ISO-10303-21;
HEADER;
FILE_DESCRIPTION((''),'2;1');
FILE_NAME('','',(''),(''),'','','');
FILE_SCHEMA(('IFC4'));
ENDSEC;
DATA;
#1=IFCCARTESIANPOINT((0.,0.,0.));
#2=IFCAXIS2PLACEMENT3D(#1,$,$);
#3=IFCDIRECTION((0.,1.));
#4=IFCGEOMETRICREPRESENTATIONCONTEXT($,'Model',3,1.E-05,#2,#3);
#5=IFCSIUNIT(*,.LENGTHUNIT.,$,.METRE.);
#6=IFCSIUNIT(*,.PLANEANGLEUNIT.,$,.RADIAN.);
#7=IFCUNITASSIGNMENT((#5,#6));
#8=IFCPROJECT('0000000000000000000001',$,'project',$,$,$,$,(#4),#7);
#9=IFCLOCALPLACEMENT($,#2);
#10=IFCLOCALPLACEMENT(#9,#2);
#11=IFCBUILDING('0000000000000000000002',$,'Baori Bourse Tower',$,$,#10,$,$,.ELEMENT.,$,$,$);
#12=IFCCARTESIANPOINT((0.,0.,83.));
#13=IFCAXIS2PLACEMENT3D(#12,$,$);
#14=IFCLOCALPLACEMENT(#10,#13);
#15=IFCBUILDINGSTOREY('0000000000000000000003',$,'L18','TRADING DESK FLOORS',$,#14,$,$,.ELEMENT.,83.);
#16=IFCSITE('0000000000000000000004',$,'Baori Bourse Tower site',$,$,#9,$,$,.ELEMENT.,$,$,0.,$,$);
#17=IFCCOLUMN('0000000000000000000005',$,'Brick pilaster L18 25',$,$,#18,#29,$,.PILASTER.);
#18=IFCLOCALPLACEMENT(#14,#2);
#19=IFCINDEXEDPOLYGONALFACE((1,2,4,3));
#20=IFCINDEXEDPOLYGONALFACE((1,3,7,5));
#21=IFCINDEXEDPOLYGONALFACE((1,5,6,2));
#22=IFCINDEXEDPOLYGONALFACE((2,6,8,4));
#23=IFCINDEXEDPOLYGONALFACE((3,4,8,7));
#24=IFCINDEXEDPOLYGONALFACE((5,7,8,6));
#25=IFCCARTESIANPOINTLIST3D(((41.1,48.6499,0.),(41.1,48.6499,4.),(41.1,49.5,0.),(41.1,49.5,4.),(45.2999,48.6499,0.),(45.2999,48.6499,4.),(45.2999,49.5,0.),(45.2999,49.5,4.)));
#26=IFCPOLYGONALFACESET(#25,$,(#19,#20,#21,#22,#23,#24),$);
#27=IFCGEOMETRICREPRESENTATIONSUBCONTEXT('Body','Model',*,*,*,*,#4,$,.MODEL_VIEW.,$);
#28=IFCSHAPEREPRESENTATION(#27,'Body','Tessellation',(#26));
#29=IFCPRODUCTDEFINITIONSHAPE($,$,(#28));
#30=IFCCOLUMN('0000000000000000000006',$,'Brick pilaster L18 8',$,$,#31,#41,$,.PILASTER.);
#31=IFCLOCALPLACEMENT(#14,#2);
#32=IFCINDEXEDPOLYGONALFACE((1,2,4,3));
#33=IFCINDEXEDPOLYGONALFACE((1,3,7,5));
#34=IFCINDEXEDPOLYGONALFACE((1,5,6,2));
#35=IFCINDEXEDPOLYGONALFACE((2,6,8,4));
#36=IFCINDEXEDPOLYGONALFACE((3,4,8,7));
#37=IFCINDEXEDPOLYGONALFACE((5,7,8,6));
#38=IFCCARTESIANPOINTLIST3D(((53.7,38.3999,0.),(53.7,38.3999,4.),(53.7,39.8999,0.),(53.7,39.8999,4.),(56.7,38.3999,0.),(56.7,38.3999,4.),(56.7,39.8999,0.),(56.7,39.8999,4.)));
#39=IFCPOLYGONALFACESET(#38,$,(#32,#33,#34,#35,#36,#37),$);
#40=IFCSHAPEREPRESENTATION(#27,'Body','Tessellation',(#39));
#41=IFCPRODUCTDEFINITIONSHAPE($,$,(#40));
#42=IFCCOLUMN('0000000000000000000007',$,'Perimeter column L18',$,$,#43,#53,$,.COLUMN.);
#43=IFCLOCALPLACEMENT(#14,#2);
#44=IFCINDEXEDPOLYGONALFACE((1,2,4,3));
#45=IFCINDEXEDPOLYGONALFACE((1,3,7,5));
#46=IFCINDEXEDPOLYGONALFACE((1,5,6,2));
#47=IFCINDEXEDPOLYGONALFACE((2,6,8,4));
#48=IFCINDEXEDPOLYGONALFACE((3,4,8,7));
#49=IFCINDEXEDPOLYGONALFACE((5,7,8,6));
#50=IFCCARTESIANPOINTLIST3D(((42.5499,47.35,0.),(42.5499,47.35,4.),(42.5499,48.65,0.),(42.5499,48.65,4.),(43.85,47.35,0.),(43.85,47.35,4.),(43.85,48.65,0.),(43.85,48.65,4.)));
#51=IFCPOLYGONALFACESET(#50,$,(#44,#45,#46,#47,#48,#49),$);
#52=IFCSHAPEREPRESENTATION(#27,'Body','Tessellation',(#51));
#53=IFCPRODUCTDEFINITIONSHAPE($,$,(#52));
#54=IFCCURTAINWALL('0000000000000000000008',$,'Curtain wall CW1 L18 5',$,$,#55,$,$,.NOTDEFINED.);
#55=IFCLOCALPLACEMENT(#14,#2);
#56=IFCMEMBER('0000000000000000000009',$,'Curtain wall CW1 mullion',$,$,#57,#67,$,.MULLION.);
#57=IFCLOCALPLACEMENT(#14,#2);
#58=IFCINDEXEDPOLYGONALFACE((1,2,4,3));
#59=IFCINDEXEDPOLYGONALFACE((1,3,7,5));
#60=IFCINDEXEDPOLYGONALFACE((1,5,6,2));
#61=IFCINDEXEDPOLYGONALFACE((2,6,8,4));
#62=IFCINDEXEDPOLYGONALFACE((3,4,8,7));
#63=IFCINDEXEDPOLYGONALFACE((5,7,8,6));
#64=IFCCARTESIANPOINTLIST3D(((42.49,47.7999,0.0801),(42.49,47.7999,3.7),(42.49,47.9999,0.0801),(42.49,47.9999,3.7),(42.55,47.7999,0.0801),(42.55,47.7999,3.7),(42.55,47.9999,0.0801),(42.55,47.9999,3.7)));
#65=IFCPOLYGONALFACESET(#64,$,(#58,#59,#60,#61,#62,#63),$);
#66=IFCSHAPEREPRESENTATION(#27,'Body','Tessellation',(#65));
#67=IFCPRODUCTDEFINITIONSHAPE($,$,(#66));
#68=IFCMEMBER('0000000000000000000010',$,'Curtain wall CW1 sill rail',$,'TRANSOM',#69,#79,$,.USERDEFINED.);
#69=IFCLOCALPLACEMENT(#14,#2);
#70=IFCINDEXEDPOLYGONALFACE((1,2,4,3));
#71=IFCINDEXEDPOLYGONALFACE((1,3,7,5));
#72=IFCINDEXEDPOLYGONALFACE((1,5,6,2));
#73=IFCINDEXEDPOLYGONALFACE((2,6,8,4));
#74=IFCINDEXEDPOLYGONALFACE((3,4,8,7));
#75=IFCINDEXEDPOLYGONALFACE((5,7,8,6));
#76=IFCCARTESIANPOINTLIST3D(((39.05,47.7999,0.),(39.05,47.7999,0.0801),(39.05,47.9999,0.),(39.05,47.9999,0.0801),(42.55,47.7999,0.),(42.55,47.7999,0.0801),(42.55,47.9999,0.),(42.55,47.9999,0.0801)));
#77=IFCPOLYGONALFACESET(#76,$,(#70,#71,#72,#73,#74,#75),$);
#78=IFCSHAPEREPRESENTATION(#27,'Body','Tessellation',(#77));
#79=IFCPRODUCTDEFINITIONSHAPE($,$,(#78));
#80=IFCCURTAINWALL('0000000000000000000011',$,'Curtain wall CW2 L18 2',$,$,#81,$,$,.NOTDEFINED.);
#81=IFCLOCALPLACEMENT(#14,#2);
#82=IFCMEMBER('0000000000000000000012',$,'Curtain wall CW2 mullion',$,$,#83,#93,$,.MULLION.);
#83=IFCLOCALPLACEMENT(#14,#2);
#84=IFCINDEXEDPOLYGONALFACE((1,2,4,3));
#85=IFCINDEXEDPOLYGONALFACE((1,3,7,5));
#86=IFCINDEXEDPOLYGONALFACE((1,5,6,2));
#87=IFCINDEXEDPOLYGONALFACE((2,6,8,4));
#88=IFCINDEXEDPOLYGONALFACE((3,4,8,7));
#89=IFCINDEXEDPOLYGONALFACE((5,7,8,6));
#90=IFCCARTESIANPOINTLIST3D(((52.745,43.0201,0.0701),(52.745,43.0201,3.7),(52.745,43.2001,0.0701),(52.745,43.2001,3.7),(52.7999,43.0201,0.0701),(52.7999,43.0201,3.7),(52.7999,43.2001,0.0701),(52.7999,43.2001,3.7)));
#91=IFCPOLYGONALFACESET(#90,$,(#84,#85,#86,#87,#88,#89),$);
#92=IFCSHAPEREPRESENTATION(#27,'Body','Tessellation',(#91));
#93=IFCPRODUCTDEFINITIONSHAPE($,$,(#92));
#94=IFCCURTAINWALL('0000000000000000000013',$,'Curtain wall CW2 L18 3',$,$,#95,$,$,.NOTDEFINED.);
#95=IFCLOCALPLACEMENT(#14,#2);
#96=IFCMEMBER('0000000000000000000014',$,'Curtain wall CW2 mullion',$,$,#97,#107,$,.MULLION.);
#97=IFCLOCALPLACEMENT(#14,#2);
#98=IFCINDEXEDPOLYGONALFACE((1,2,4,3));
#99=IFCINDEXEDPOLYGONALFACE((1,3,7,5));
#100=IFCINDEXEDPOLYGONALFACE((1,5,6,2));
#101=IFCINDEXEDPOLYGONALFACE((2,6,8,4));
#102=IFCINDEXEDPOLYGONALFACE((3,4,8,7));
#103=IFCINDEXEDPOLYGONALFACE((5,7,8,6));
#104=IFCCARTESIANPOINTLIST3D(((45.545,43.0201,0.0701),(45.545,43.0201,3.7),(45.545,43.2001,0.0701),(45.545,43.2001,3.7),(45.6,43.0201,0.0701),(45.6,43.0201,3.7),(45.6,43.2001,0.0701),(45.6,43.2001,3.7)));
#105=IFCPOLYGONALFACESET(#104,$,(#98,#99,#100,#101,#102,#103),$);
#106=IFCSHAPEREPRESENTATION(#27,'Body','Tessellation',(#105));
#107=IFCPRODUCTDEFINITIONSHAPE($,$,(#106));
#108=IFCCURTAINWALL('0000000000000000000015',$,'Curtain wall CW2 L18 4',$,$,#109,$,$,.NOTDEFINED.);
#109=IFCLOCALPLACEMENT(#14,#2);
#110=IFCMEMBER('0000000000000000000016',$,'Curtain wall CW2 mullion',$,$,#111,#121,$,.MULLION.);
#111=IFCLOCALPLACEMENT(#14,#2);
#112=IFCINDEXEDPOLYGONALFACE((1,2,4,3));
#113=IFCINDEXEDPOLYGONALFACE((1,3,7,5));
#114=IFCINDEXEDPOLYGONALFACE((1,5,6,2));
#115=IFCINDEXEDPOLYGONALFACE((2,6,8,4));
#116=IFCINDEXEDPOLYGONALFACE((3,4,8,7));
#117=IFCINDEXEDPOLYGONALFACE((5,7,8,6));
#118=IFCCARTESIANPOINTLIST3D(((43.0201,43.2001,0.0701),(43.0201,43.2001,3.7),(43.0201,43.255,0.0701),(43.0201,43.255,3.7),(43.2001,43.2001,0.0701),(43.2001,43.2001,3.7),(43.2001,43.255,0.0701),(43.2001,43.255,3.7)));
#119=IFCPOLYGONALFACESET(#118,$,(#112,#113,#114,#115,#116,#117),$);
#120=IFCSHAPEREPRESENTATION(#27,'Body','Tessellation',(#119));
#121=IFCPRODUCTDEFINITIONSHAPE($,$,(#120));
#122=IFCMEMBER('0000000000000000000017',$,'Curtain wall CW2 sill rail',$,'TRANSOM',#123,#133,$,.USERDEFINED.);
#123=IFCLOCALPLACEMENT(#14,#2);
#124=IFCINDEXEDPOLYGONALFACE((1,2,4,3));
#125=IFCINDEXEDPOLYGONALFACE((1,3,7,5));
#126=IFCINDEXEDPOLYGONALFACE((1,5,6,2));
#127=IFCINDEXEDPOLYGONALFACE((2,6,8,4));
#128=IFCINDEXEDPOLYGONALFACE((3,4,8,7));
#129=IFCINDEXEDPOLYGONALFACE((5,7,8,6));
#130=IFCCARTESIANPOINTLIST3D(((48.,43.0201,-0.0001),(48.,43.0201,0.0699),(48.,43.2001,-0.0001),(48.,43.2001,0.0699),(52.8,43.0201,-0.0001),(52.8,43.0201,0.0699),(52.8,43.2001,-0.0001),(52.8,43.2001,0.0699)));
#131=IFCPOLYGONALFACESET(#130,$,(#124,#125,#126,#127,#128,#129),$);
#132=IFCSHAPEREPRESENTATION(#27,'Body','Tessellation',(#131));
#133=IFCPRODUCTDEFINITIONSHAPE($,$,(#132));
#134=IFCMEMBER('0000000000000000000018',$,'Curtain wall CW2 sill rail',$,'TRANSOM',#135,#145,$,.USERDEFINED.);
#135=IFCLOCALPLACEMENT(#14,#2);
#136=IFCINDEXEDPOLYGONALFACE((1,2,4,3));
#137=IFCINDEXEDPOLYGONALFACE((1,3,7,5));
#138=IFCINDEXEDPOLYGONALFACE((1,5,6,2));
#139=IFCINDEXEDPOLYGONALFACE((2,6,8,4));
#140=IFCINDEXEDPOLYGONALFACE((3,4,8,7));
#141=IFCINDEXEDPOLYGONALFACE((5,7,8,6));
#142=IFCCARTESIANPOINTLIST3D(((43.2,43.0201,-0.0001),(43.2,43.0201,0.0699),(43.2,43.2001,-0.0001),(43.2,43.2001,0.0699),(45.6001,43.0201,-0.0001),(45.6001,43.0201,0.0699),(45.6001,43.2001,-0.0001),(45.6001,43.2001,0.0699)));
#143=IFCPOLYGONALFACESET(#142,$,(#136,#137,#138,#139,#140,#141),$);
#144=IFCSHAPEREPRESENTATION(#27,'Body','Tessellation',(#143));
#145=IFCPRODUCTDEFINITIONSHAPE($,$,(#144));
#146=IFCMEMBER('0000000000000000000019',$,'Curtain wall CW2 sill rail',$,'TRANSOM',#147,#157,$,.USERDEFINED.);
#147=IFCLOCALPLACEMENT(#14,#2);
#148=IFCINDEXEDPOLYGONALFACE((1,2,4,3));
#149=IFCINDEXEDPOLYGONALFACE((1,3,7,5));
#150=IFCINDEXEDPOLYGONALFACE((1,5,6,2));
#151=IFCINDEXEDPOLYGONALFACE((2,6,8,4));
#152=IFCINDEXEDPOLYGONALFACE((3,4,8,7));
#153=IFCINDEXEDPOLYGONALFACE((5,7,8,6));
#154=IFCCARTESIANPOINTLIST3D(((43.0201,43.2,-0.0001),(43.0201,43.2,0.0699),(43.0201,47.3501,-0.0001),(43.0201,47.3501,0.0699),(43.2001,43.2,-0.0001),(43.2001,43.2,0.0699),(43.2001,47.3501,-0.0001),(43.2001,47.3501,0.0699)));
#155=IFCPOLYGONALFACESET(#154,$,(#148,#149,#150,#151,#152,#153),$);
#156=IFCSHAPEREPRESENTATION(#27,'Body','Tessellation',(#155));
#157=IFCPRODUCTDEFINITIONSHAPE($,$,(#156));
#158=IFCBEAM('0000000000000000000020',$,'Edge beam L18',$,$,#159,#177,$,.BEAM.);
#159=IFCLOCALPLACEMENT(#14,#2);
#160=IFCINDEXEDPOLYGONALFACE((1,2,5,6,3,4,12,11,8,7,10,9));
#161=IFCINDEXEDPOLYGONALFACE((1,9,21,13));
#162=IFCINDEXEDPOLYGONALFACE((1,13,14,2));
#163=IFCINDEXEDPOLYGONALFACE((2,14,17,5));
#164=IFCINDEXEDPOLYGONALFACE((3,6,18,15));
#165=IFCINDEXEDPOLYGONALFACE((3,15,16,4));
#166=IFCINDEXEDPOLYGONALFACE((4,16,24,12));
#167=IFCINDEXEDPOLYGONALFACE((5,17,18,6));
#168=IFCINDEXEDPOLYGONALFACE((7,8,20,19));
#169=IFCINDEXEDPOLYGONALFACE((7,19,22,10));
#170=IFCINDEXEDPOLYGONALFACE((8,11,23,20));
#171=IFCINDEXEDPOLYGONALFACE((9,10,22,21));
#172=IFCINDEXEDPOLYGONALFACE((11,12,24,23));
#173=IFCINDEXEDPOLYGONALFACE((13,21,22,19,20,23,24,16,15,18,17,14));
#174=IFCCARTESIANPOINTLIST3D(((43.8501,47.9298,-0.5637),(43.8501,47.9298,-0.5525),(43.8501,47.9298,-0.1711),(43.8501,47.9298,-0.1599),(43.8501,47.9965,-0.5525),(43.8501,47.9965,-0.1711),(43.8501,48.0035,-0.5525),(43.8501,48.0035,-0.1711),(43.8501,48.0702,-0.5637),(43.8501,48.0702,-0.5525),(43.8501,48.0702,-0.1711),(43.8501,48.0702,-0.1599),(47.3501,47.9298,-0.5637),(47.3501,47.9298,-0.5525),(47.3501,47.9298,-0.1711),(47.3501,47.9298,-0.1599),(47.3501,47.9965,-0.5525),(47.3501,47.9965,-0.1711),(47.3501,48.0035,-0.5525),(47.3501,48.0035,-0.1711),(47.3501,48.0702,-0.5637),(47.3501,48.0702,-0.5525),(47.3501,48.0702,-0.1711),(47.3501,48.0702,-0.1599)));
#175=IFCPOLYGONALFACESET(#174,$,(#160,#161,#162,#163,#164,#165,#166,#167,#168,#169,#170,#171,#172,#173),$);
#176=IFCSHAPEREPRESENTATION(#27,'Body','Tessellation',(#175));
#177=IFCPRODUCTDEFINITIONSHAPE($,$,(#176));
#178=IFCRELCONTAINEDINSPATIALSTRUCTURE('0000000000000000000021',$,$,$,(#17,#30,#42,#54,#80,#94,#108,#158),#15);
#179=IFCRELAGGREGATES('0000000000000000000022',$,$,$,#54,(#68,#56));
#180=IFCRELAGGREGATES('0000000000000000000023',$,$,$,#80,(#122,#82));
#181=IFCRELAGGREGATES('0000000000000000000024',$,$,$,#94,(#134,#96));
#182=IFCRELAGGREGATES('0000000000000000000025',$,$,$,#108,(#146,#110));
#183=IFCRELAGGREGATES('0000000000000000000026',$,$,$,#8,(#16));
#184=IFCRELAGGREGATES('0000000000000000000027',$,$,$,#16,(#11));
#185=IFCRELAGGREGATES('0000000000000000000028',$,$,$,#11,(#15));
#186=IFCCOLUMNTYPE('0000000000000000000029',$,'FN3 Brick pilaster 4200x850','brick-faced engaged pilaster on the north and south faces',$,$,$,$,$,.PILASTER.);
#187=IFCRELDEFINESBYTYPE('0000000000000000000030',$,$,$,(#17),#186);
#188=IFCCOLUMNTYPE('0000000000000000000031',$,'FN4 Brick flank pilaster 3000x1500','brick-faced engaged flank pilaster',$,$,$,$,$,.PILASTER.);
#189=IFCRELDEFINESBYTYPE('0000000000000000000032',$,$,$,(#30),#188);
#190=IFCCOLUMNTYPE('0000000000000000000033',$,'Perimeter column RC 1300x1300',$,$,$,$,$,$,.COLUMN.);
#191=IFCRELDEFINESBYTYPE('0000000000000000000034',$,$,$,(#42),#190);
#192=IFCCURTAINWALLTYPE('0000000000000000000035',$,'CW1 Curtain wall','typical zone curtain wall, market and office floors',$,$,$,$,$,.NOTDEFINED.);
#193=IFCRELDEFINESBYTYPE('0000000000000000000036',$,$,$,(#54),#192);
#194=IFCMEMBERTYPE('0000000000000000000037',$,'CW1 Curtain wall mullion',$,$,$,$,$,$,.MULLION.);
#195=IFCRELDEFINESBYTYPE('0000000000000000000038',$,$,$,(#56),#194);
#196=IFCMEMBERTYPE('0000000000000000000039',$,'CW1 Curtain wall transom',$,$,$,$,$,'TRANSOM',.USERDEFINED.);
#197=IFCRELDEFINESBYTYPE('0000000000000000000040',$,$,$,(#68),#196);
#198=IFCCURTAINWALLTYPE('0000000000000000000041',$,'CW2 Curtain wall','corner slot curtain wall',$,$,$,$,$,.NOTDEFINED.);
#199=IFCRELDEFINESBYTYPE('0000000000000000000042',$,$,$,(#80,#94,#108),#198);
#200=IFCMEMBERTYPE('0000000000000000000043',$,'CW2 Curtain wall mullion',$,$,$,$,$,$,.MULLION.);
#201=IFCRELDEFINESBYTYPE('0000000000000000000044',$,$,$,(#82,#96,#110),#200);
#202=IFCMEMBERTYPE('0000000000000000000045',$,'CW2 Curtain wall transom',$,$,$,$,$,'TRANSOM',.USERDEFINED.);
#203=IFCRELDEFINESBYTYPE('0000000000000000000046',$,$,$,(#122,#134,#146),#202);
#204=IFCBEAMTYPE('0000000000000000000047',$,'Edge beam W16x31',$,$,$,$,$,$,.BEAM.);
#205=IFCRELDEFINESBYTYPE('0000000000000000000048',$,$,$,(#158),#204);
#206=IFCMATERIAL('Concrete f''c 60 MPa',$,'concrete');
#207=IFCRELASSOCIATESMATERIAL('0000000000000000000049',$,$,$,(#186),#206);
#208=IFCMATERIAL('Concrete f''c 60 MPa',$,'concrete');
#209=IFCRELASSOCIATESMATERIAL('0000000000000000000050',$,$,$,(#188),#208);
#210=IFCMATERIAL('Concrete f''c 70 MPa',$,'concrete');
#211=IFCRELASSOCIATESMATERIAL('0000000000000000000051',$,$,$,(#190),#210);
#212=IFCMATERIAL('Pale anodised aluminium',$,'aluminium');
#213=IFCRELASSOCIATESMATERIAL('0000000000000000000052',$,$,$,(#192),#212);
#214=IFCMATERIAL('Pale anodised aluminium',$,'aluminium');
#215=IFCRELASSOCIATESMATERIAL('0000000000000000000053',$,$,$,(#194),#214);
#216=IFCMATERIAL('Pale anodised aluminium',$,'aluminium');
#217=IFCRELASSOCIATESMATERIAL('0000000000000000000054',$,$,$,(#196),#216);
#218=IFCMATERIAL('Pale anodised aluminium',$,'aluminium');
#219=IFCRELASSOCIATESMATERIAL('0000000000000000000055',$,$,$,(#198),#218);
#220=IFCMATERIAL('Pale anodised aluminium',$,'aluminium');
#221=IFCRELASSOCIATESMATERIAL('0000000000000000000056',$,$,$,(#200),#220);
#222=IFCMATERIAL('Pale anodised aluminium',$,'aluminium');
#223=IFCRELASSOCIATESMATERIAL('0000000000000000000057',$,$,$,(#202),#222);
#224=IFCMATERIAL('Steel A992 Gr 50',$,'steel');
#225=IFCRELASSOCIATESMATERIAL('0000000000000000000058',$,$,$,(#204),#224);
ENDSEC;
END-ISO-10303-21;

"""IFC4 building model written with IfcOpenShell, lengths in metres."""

from ifc_helpers import new_model, si_unit, direction, frame, origin, origin_2d, place, context, subcontext, project, spatial, rectangle, i_section, extrude, material, material_profile, profile_set, type_object, element, aggregate, save


model = new_model("IFC4")

# Units and contexts
model_context = context("Model", 3, precision=1e-05, world=origin(), true_north=direction((0.0, 1.0)))
body_context = subcontext(model_context, "Body", "Model", "MODEL_VIEW")
ifc_project = project(units=[si_unit("LENGTHUNIT", "METRE"), si_unit("PLANEANGLEUNIT", "RADIAN")], contexts=[model_context])

# Site, building, storey
site_placement = place(None, origin())
site = spatial("IfcSite", under=ifc_project, at=site_placement, Name="Baori Bourse Tower site", CompositionType="ELEMENT", RefElevation=0.0)
building_placement = place(site_placement, origin())
building = spatial("IfcBuilding", under=site, at=building_placement, Name="Baori Bourse Tower", CompositionType="ELEMENT")
storey_placement = place(building_placement, frame((0.0, 0.0, 83.0)))
storey = spatial("IfcBuildingStorey", under=building, at=storey_placement, Name="L18", Description="TRADING DESK FLOORS", CompositionType="ELEMENT", Elevation=83.0)

# Columns
ifc_material_1 = material(Name="Concrete f'c 60 MPa", Category="concrete")
ifc_material_profile_1 = material_profile(ifc_material_1, rectangle(XDim=4.2, YDim=0.8501, at=origin_2d()), Name="RC 4200x850")
ifc_profile_set_1 = profile_set([ifc_material_profile_1], Name="Concrete f'c 60 MPa")
column_type_1 = type_object("IfcColumnType", Name="FN3 Brick pilaster 4200x850", Description="brick-faced engaged pilaster on the north and south faces", PredefinedType="PILASTER", material=ifc_profile_set_1)
column_1_placement = place(storey_placement, frame((43.2, 49.075, 0.0), z_axis=(0.0, 0.0, 1.0), x_axis=(1.0, 0.0, 0.0)))
element("IfcColumn", 1, at=column_1_placement, inside=storey, type_object=column_type_1, Name="Brick pilaster L18 25", PredefinedType="PILASTER", context=body_context, shape_type="SweptSolid", body=[
    extrude(rectangle(XDim=4.2, YDim=0.8501, at=origin_2d()), origin(), (0.0, 0.0, 1.0), 4.0),
])
ifc_material_2 = material(Name="Concrete f'c 60 MPa", Category="concrete")
ifc_material_profile_2 = material_profile(ifc_material_2, rectangle(XDim=3.0, YDim=1.5, at=origin_2d()), Name="RC 3000x1500")
ifc_profile_set_2 = profile_set([ifc_material_profile_2], Name="Concrete f'c 60 MPa")
column_type_2 = type_object("IfcColumnType", Name="FN4 Brick flank pilaster 3000x1500", Description="brick-faced engaged flank pilaster", PredefinedType="PILASTER", material=ifc_profile_set_2)
column_2_placement = place(storey_placement, frame((55.2, 39.1499, 0.0), z_axis=(0.0, 0.0, 1.0), x_axis=(1.0, 0.0, 0.0)))
element("IfcColumn", 2, at=column_2_placement, inside=storey, type_object=column_type_2, Name="Brick pilaster L18 8", PredefinedType="PILASTER", context=body_context, shape_type="SweptSolid", body=[
    extrude(rectangle(XDim=3.0, YDim=1.5, at=origin_2d()), origin(), (0.0, 0.0, 1.0), 4.0),
])
ifc_material_3 = material(Name="Concrete f'c 70 MPa", Category="concrete")
ifc_material_profile_3 = material_profile(ifc_material_3, rectangle(XDim=1.3, YDim=1.3, at=origin_2d()), Name="RC 1300x1300")
ifc_profile_set_3 = profile_set([ifc_material_profile_3], Name="Concrete f'c 70 MPa")
column_type_3 = type_object("IfcColumnType", Name="Perimeter column RC 1300x1300", PredefinedType="COLUMN", material=ifc_profile_set_3)
column_3_placement = place(storey_placement, frame((43.2, 48.0, 0.0), z_axis=(0.0, 0.0, 1.0), x_axis=(1.0, 0.0, 0.0)))
element("IfcColumn", 3, at=column_3_placement, inside=storey, type_object=column_type_3, Name="Perimeter column L18", PredefinedType="COLUMN", context=body_context, shape_type="SweptSolid", body=[
    extrude(rectangle(XDim=1.3, YDim=1.3, at=origin_2d()), origin(), (0.0, 0.0, 1.0), 4.0),
])

# Curtain wall, members
ifc_material_4 = material(Name="Pale anodised aluminium", Category="aluminium")
curtain_wall_type_1 = type_object("IfcCurtainWallType", Name="CW1 Curtain wall", Description="typical zone curtain wall, market and office floors", PredefinedType="NOTDEFINED", material=ifc_material_4)
curtain_wall_1_placement = place(storey_placement, origin())
curtain_wall_1 = element("IfcCurtainWall", 4, at=curtain_wall_1_placement, inside=storey, type_object=curtain_wall_type_1, Name="Curtain wall CW1 L18 5", PredefinedType="NOTDEFINED")
ifc_material_5 = material(Name="Pale anodised aluminium", Category="aluminium")
ifc_material_profile_4 = material_profile(ifc_material_5, rectangle(XDim=0.2, YDim=0.0601, at=origin_2d()), Name="Mullion 60x200")
ifc_profile_set_4 = profile_set([ifc_material_profile_4], Name="Pale anodised aluminium")
member_type_1 = type_object("IfcMemberType", Name="CW1 Curtain wall mullion", PredefinedType="MULLION", material=ifc_profile_set_4)
member_1_placement = place(storey_placement, frame((42.52, 47.8999, 0.0801), z_axis=(0.0, 0.0, 1.0), x_axis=(0.0, -1.0, 0.0)))
member_1 = element("IfcMember", 5, at=member_1_placement, type_object=member_type_1, Name="Curtain wall CW1 mullion", PredefinedType="MULLION", context=body_context, shape_type="SweptSolid", body=[
    extrude(rectangle(XDim=0.2, YDim=0.0601, at=origin_2d()), origin(), (0.0, 0.0, 1.0), 3.6199),
])
ifc_material_6 = material(Name="Pale anodised aluminium", Category="aluminium")
ifc_material_profile_5 = material_profile(ifc_material_6, rectangle(XDim=0.2, YDim=0.0801, at=origin_2d()), Name="Transom 80x200")
ifc_profile_set_5 = profile_set([ifc_material_profile_5], Name="Pale anodised aluminium")
member_type_2 = type_object("IfcMemberType", Name="CW1 Curtain wall transom", ElementType="TRANSOM", PredefinedType="USERDEFINED", material=ifc_profile_set_5)
member_2_placement = place(storey_placement, frame((42.55, 47.8999, 0.04), z_axis=(-1.0, 0.0, 0.0), x_axis=(0.0, -1.0, 0.0)))
member_2 = element("IfcMember", 6, at=member_2_placement, type_object=member_type_2, Name="Curtain wall CW1 sill rail", ObjectType="TRANSOM", PredefinedType="USERDEFINED", context=body_context, shape_type="SweptSolid", body=[
    extrude(rectangle(XDim=0.2, YDim=0.0801, at=origin_2d()), origin(), (0.0, 0.0, 1.0), 3.5),
])
aggregate(curtain_wall_1, [member_2, member_1])

# Curtain walls, members
ifc_material_7 = material(Name="Pale anodised aluminium", Category="aluminium")
curtain_wall_type_2 = type_object("IfcCurtainWallType", Name="CW2 Curtain wall", Description="corner slot curtain wall", PredefinedType="NOTDEFINED", material=ifc_material_7)
curtain_wall_2_placement = place(storey_placement, origin())
curtain_wall_2 = element("IfcCurtainWall", 7, at=curtain_wall_2_placement, inside=storey, type_object=curtain_wall_type_2, Name="Curtain wall CW2 L18 2", PredefinedType="NOTDEFINED")
ifc_material_8 = material(Name="Pale anodised aluminium", Category="aluminium")
ifc_material_profile_6 = material_profile(ifc_material_8, rectangle(XDim=0.1799, YDim=0.0549, at=origin_2d()), Name="Mullion 55x180")
ifc_profile_set_6 = profile_set([ifc_material_profile_6], Name="Pale anodised aluminium")
member_type_3 = type_object("IfcMemberType", Name="CW2 Curtain wall mullion", PredefinedType="MULLION", material=ifc_profile_set_6)
member_3_placement = place(storey_placement, frame((52.7725, 43.1101, 0.0701), z_axis=(0.0, 0.0, 1.0), x_axis=(0.0, -1.0, 0.0)))
member_3 = element("IfcMember", 8, at=member_3_placement, type_object=member_type_3, Name="Curtain wall CW2 mullion", PredefinedType="MULLION", context=body_context, shape_type="SweptSolid", body=[
    extrude(rectangle(XDim=0.1799, YDim=0.0549, at=origin_2d()), origin(), (0.0, 0.0, 1.0), 3.6299),
])
curtain_wall_3_placement = place(storey_placement, origin())
curtain_wall_3 = element("IfcCurtainWall", 9, at=curtain_wall_3_placement, inside=storey, type_object=curtain_wall_type_2, Name="Curtain wall CW2 L18 3", PredefinedType="NOTDEFINED")
member_4_placement = place(storey_placement, frame((45.5725, 43.1101, 0.0701), z_axis=(0.0, 0.0, 1.0), x_axis=(0.0, -1.0, 0.0)))
member_4 = element("IfcMember", 10, at=member_4_placement, type_object=member_type_3, Name="Curtain wall CW2 mullion", PredefinedType="MULLION", context=body_context, shape_type="SweptSolid", body=[
    extrude(rectangle(XDim=0.1799, YDim=0.0549, at=origin_2d()), origin(), (0.0, 0.0, 1.0), 3.6299),
])
curtain_wall_4_placement = place(storey_placement, origin())
curtain_wall_4 = element("IfcCurtainWall", 11, at=curtain_wall_4_placement, inside=storey, type_object=curtain_wall_type_2, Name="Curtain wall CW2 L18 4", PredefinedType="NOTDEFINED")
member_5_placement = place(storey_placement, frame((43.1101, 43.2275, 0.0701), z_axis=(0.0, 0.0, 1.0), x_axis=(-1.0, 0.0, 0.0)))
member_5 = element("IfcMember", 12, at=member_5_placement, type_object=member_type_3, Name="Curtain wall CW2 mullion", PredefinedType="MULLION", context=body_context, shape_type="SweptSolid", body=[
    extrude(rectangle(XDim=0.1799, YDim=0.0549, at=origin_2d()), origin(), (0.0, 0.0, 1.0), 3.6299),
])

# Members
ifc_material_9 = material(Name="Pale anodised aluminium", Category="aluminium")
ifc_material_profile_7 = material_profile(ifc_material_9, rectangle(XDim=0.1799, YDim=0.0701, at=origin_2d()), Name="Transom 70x180")
ifc_profile_set_7 = profile_set([ifc_material_profile_7], Name="Pale anodised aluminium")
member_type_4 = type_object("IfcMemberType", Name="CW2 Curtain wall transom", ElementType="TRANSOM", PredefinedType="USERDEFINED", material=ifc_profile_set_7)
member_6_placement = place(storey_placement, frame((52.8, 43.1101, 0.0349), z_axis=(-1.0, 0.0, 0.0), x_axis=(0.0, -1.0, 0.0)))
member_6 = element("IfcMember", 13, at=member_6_placement, type_object=member_type_4, Name="Curtain wall CW2 sill rail", ObjectType="TRANSOM", PredefinedType="USERDEFINED", context=body_context, shape_type="SweptSolid", body=[
    extrude(rectangle(XDim=0.1799, YDim=0.0701, at=origin_2d()), origin(), (0.0, 0.0, 1.0), 4.8),
])
member_7_placement = place(storey_placement, frame((45.6001, 43.1101, 0.0349), z_axis=(-1.0, 0.0, 0.0), x_axis=(0.0, -1.0, 0.0)))
member_7 = element("IfcMember", 14, at=member_7_placement, type_object=member_type_4, Name="Curtain wall CW2 sill rail", ObjectType="TRANSOM", PredefinedType="USERDEFINED", context=body_context, shape_type="SweptSolid", body=[
    extrude(rectangle(XDim=0.1799, YDim=0.0701, at=origin_2d()), origin(), (0.0, 0.0, 1.0), 2.4001),
])
member_8_placement = place(storey_placement, frame((43.1101, 43.2, 0.0349), z_axis=(0.0, 1.0, 0.0), x_axis=(-1.0, 0.0, 0.0)))
member_8 = element("IfcMember", 15, at=member_8_placement, type_object=member_type_4, Name="Curtain wall CW2 sill rail", ObjectType="TRANSOM", PredefinedType="USERDEFINED", context=body_context, shape_type="SweptSolid", body=[
    extrude(rectangle(XDim=0.1799, YDim=0.0701, at=origin_2d()), origin(), (0.0, 0.0, 1.0), 4.1501),
])

# Beam
ifc_material_10 = material(Name="Steel A992 Gr 50", Category="steel")
ifc_material_profile_8 = material_profile(ifc_material_10, i_section(OverallWidth=0.1404, OverallDepth=0.4038, WebThickness=0.0071, FlangeThickness=0.0112, at=origin_2d()), Name="W16x31")
ifc_profile_set_8 = profile_set([ifc_material_profile_8], Name="Steel A992 Gr 50")
beam_type_1 = type_object("IfcBeamType", Name="Edge beam W16x31", PredefinedType="BEAM", material=ifc_profile_set_8)
beam_1_placement = place(storey_placement, frame((43.8501, 48.0, -0.3618), z_axis=(1.0, 0.0, 0.0), x_axis=(0.0, 1.0, 0.0)))
element("IfcBeam", 16, at=beam_1_placement, inside=storey, type_object=beam_type_1, Name="Edge beam L18", PredefinedType="BEAM", context=body_context, shape_type="SweptSolid", body=[
    extrude(i_section(OverallWidth=0.1404, OverallDepth=0.4038, WebThickness=0.0071, FlangeThickness=0.0112, at=origin_2d()), origin(), (0.0, 0.0, 1.0), 3.5),
])

aggregate(curtain_wall_2, [member_6, member_3])
aggregate(curtain_wall_3, [member_7, member_4])
aggregate(curtain_wall_4, [member_8, member_5])

save(model, "model.ifc")
